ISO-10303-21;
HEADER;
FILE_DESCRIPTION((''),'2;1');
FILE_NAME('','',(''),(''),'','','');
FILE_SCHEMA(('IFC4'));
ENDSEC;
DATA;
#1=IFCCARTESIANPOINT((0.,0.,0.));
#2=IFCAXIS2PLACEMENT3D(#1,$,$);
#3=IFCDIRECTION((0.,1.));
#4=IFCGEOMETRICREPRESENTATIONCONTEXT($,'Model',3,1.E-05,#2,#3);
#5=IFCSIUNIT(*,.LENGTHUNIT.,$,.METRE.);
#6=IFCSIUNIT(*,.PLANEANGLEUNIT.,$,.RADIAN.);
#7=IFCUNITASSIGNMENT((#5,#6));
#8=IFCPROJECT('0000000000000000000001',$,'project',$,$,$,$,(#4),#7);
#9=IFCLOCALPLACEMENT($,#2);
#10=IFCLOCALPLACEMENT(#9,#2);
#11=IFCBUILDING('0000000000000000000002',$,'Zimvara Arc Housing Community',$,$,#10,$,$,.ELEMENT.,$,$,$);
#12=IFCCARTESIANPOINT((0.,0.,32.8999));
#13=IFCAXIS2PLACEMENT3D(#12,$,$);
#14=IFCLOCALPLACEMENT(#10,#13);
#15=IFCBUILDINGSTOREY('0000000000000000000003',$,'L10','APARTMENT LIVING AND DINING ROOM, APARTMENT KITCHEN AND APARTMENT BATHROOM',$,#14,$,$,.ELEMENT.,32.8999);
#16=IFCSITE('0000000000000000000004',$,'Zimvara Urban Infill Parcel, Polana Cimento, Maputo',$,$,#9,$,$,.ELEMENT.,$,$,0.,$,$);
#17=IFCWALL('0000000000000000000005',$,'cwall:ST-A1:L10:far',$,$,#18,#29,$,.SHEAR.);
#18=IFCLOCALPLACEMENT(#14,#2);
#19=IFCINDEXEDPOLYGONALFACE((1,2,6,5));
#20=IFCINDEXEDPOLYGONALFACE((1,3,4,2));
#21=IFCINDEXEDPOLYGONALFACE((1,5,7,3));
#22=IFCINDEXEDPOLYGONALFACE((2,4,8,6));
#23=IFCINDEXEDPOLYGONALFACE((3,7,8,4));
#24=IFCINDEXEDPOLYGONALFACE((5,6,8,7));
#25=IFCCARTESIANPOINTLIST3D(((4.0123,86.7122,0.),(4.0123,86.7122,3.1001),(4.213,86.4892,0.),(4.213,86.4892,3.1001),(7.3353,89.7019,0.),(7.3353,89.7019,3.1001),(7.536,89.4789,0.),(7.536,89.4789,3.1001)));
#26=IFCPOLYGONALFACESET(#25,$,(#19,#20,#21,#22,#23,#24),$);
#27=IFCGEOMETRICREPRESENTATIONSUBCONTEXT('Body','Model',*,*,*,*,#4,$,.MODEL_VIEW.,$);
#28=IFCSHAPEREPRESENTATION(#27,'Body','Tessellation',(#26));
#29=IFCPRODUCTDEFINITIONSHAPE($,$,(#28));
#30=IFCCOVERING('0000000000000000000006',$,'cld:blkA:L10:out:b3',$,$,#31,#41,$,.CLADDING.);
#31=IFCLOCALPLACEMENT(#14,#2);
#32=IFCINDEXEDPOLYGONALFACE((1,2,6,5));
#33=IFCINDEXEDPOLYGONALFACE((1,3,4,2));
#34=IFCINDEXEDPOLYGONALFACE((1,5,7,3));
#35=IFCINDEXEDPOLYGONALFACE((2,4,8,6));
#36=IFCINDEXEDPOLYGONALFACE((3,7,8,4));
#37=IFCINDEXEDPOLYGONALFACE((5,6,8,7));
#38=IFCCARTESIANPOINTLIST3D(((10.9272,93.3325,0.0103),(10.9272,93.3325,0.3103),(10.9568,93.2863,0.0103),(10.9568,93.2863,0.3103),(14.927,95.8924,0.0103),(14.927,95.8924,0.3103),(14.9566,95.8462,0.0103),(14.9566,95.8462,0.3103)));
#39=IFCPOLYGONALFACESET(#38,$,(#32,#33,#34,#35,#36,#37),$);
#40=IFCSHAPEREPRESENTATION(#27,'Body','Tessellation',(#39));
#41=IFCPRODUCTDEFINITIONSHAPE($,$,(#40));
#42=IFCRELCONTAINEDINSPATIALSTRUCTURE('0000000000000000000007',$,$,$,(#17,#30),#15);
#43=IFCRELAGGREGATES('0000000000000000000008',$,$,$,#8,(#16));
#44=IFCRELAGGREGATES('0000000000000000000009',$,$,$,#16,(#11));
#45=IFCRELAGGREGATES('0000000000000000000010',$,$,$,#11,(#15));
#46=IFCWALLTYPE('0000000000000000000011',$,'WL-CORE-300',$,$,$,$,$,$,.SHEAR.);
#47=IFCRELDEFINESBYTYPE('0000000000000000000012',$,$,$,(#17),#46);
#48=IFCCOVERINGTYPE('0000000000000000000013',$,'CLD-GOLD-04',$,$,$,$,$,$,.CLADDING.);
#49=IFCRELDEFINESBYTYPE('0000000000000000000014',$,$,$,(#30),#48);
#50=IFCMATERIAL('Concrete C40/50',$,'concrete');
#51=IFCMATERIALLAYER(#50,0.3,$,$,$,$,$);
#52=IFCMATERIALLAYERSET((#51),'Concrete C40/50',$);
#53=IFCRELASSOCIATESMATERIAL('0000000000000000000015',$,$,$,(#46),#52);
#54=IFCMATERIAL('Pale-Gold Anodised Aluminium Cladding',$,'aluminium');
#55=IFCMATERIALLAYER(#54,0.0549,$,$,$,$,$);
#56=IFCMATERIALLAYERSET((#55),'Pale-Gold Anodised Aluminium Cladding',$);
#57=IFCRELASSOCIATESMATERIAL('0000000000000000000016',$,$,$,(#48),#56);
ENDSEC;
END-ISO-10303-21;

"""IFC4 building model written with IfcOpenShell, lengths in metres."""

from ifc_helpers import new_model, si_unit, direction, frame, frame_2d, origin, origin_2d, place, context, subcontext, project, spatial, rectangle, extrude, material, layer, layer_set, type_object, element, save


model = new_model("IFC4")

# Units and contexts
model_context = context("Model", 3, precision=1e-05, world=origin(), true_north=direction((0.0, 1.0)))
body_context = subcontext(model_context, "Body", "Model", "MODEL_VIEW")
ifc_project = project(units=[si_unit("LENGTHUNIT", "METRE"), si_unit("PLANEANGLEUNIT", "RADIAN")], contexts=[model_context])

# Site, building, storey
site_placement = place(None, origin())
site = spatial("IfcSite", under=ifc_project, at=site_placement, Name="Zimvara Urban Infill Parcel, Polana Cimento, Maputo", CompositionType="ELEMENT", RefElevation=0.0)
building_placement = place(site_placement, origin())
building = spatial("IfcBuilding", under=site, at=building_placement, Name="Zimvara Arc Housing Community", CompositionType="ELEMENT")
storey_placement = place(building_placement, frame((0.0, 0.0, 32.8999)))
storey = spatial("IfcBuildingStorey", under=building, at=storey_placement, Name="L10", Description="APARTMENT LIVING AND DINING ROOM, APARTMENT KITCHEN AND APARTMENT BATHROOM", CompositionType="ELEMENT", Elevation=32.8999)

# Wall
ifc_material_1 = material(Name="Concrete C40/50", Category="concrete")
ifc_layer_1 = layer(ifc_material_1, 0.3)
ifc_layer_set_1 = layer_set([ifc_layer_1], Name="Concrete C40/50")
wall_type_1 = type_object("IfcWallType", Name="WL-CORE-300", PredefinedType="SHEAR", material=ifc_layer_set_1)
wall_1_placement = place(storey_placement, frame((7.4355, 89.5903, 0.0), z_axis=(0.0, 0.0, 1.0), x_axis=(-0.7434, -0.668847, 0.0)))
element("IfcWall", 1, at=wall_1_placement, inside=storey, type_object=wall_type_1, Name="cwall:ST-A1:L10:far", PredefinedType="SHEAR", context=body_context, shape_type="SweptSolid", body=[
    extrude(rectangle(XDim=4.47, YDim=0.3, at=frame_2d((2.2349, 0.0))), origin(), (0.0, 0.0, 1.0), 3.1001),
])

# Covering
ifc_material_2 = material(Name="Pale-Gold Anodised Aluminium Cladding", Category="aluminium")
ifc_layer_2 = layer(ifc_material_2, 0.0549)
ifc_layer_set_2 = layer_set([ifc_layer_2], Name="Pale-Gold Anodised Aluminium Cladding")
covering_type = type_object("IfcCoveringType", Name="CLD-GOLD-04", PredefinedType="CLADDING", material=ifc_layer_set_2)
covering_placement = place(storey_placement, frame((12.9419, 94.5894, 0.0103), z_axis=(0.0, 0.0, 1.0), x_axis=(0.842265, 0.539063, 0.0)))
element("IfcCovering", 2, at=covering_placement, inside=storey, type_object=covering_type, Name="cld:blkA:L10:out:b3", PredefinedType="CLADDING", context=body_context, shape_type="SweptSolid", body=[
    extrude(rectangle(XDim=4.7488, YDim=0.0549, at=origin_2d()), origin(), (0.0, 0.0, 1.0), 0.3),
])

save(model, "model.ifc")
